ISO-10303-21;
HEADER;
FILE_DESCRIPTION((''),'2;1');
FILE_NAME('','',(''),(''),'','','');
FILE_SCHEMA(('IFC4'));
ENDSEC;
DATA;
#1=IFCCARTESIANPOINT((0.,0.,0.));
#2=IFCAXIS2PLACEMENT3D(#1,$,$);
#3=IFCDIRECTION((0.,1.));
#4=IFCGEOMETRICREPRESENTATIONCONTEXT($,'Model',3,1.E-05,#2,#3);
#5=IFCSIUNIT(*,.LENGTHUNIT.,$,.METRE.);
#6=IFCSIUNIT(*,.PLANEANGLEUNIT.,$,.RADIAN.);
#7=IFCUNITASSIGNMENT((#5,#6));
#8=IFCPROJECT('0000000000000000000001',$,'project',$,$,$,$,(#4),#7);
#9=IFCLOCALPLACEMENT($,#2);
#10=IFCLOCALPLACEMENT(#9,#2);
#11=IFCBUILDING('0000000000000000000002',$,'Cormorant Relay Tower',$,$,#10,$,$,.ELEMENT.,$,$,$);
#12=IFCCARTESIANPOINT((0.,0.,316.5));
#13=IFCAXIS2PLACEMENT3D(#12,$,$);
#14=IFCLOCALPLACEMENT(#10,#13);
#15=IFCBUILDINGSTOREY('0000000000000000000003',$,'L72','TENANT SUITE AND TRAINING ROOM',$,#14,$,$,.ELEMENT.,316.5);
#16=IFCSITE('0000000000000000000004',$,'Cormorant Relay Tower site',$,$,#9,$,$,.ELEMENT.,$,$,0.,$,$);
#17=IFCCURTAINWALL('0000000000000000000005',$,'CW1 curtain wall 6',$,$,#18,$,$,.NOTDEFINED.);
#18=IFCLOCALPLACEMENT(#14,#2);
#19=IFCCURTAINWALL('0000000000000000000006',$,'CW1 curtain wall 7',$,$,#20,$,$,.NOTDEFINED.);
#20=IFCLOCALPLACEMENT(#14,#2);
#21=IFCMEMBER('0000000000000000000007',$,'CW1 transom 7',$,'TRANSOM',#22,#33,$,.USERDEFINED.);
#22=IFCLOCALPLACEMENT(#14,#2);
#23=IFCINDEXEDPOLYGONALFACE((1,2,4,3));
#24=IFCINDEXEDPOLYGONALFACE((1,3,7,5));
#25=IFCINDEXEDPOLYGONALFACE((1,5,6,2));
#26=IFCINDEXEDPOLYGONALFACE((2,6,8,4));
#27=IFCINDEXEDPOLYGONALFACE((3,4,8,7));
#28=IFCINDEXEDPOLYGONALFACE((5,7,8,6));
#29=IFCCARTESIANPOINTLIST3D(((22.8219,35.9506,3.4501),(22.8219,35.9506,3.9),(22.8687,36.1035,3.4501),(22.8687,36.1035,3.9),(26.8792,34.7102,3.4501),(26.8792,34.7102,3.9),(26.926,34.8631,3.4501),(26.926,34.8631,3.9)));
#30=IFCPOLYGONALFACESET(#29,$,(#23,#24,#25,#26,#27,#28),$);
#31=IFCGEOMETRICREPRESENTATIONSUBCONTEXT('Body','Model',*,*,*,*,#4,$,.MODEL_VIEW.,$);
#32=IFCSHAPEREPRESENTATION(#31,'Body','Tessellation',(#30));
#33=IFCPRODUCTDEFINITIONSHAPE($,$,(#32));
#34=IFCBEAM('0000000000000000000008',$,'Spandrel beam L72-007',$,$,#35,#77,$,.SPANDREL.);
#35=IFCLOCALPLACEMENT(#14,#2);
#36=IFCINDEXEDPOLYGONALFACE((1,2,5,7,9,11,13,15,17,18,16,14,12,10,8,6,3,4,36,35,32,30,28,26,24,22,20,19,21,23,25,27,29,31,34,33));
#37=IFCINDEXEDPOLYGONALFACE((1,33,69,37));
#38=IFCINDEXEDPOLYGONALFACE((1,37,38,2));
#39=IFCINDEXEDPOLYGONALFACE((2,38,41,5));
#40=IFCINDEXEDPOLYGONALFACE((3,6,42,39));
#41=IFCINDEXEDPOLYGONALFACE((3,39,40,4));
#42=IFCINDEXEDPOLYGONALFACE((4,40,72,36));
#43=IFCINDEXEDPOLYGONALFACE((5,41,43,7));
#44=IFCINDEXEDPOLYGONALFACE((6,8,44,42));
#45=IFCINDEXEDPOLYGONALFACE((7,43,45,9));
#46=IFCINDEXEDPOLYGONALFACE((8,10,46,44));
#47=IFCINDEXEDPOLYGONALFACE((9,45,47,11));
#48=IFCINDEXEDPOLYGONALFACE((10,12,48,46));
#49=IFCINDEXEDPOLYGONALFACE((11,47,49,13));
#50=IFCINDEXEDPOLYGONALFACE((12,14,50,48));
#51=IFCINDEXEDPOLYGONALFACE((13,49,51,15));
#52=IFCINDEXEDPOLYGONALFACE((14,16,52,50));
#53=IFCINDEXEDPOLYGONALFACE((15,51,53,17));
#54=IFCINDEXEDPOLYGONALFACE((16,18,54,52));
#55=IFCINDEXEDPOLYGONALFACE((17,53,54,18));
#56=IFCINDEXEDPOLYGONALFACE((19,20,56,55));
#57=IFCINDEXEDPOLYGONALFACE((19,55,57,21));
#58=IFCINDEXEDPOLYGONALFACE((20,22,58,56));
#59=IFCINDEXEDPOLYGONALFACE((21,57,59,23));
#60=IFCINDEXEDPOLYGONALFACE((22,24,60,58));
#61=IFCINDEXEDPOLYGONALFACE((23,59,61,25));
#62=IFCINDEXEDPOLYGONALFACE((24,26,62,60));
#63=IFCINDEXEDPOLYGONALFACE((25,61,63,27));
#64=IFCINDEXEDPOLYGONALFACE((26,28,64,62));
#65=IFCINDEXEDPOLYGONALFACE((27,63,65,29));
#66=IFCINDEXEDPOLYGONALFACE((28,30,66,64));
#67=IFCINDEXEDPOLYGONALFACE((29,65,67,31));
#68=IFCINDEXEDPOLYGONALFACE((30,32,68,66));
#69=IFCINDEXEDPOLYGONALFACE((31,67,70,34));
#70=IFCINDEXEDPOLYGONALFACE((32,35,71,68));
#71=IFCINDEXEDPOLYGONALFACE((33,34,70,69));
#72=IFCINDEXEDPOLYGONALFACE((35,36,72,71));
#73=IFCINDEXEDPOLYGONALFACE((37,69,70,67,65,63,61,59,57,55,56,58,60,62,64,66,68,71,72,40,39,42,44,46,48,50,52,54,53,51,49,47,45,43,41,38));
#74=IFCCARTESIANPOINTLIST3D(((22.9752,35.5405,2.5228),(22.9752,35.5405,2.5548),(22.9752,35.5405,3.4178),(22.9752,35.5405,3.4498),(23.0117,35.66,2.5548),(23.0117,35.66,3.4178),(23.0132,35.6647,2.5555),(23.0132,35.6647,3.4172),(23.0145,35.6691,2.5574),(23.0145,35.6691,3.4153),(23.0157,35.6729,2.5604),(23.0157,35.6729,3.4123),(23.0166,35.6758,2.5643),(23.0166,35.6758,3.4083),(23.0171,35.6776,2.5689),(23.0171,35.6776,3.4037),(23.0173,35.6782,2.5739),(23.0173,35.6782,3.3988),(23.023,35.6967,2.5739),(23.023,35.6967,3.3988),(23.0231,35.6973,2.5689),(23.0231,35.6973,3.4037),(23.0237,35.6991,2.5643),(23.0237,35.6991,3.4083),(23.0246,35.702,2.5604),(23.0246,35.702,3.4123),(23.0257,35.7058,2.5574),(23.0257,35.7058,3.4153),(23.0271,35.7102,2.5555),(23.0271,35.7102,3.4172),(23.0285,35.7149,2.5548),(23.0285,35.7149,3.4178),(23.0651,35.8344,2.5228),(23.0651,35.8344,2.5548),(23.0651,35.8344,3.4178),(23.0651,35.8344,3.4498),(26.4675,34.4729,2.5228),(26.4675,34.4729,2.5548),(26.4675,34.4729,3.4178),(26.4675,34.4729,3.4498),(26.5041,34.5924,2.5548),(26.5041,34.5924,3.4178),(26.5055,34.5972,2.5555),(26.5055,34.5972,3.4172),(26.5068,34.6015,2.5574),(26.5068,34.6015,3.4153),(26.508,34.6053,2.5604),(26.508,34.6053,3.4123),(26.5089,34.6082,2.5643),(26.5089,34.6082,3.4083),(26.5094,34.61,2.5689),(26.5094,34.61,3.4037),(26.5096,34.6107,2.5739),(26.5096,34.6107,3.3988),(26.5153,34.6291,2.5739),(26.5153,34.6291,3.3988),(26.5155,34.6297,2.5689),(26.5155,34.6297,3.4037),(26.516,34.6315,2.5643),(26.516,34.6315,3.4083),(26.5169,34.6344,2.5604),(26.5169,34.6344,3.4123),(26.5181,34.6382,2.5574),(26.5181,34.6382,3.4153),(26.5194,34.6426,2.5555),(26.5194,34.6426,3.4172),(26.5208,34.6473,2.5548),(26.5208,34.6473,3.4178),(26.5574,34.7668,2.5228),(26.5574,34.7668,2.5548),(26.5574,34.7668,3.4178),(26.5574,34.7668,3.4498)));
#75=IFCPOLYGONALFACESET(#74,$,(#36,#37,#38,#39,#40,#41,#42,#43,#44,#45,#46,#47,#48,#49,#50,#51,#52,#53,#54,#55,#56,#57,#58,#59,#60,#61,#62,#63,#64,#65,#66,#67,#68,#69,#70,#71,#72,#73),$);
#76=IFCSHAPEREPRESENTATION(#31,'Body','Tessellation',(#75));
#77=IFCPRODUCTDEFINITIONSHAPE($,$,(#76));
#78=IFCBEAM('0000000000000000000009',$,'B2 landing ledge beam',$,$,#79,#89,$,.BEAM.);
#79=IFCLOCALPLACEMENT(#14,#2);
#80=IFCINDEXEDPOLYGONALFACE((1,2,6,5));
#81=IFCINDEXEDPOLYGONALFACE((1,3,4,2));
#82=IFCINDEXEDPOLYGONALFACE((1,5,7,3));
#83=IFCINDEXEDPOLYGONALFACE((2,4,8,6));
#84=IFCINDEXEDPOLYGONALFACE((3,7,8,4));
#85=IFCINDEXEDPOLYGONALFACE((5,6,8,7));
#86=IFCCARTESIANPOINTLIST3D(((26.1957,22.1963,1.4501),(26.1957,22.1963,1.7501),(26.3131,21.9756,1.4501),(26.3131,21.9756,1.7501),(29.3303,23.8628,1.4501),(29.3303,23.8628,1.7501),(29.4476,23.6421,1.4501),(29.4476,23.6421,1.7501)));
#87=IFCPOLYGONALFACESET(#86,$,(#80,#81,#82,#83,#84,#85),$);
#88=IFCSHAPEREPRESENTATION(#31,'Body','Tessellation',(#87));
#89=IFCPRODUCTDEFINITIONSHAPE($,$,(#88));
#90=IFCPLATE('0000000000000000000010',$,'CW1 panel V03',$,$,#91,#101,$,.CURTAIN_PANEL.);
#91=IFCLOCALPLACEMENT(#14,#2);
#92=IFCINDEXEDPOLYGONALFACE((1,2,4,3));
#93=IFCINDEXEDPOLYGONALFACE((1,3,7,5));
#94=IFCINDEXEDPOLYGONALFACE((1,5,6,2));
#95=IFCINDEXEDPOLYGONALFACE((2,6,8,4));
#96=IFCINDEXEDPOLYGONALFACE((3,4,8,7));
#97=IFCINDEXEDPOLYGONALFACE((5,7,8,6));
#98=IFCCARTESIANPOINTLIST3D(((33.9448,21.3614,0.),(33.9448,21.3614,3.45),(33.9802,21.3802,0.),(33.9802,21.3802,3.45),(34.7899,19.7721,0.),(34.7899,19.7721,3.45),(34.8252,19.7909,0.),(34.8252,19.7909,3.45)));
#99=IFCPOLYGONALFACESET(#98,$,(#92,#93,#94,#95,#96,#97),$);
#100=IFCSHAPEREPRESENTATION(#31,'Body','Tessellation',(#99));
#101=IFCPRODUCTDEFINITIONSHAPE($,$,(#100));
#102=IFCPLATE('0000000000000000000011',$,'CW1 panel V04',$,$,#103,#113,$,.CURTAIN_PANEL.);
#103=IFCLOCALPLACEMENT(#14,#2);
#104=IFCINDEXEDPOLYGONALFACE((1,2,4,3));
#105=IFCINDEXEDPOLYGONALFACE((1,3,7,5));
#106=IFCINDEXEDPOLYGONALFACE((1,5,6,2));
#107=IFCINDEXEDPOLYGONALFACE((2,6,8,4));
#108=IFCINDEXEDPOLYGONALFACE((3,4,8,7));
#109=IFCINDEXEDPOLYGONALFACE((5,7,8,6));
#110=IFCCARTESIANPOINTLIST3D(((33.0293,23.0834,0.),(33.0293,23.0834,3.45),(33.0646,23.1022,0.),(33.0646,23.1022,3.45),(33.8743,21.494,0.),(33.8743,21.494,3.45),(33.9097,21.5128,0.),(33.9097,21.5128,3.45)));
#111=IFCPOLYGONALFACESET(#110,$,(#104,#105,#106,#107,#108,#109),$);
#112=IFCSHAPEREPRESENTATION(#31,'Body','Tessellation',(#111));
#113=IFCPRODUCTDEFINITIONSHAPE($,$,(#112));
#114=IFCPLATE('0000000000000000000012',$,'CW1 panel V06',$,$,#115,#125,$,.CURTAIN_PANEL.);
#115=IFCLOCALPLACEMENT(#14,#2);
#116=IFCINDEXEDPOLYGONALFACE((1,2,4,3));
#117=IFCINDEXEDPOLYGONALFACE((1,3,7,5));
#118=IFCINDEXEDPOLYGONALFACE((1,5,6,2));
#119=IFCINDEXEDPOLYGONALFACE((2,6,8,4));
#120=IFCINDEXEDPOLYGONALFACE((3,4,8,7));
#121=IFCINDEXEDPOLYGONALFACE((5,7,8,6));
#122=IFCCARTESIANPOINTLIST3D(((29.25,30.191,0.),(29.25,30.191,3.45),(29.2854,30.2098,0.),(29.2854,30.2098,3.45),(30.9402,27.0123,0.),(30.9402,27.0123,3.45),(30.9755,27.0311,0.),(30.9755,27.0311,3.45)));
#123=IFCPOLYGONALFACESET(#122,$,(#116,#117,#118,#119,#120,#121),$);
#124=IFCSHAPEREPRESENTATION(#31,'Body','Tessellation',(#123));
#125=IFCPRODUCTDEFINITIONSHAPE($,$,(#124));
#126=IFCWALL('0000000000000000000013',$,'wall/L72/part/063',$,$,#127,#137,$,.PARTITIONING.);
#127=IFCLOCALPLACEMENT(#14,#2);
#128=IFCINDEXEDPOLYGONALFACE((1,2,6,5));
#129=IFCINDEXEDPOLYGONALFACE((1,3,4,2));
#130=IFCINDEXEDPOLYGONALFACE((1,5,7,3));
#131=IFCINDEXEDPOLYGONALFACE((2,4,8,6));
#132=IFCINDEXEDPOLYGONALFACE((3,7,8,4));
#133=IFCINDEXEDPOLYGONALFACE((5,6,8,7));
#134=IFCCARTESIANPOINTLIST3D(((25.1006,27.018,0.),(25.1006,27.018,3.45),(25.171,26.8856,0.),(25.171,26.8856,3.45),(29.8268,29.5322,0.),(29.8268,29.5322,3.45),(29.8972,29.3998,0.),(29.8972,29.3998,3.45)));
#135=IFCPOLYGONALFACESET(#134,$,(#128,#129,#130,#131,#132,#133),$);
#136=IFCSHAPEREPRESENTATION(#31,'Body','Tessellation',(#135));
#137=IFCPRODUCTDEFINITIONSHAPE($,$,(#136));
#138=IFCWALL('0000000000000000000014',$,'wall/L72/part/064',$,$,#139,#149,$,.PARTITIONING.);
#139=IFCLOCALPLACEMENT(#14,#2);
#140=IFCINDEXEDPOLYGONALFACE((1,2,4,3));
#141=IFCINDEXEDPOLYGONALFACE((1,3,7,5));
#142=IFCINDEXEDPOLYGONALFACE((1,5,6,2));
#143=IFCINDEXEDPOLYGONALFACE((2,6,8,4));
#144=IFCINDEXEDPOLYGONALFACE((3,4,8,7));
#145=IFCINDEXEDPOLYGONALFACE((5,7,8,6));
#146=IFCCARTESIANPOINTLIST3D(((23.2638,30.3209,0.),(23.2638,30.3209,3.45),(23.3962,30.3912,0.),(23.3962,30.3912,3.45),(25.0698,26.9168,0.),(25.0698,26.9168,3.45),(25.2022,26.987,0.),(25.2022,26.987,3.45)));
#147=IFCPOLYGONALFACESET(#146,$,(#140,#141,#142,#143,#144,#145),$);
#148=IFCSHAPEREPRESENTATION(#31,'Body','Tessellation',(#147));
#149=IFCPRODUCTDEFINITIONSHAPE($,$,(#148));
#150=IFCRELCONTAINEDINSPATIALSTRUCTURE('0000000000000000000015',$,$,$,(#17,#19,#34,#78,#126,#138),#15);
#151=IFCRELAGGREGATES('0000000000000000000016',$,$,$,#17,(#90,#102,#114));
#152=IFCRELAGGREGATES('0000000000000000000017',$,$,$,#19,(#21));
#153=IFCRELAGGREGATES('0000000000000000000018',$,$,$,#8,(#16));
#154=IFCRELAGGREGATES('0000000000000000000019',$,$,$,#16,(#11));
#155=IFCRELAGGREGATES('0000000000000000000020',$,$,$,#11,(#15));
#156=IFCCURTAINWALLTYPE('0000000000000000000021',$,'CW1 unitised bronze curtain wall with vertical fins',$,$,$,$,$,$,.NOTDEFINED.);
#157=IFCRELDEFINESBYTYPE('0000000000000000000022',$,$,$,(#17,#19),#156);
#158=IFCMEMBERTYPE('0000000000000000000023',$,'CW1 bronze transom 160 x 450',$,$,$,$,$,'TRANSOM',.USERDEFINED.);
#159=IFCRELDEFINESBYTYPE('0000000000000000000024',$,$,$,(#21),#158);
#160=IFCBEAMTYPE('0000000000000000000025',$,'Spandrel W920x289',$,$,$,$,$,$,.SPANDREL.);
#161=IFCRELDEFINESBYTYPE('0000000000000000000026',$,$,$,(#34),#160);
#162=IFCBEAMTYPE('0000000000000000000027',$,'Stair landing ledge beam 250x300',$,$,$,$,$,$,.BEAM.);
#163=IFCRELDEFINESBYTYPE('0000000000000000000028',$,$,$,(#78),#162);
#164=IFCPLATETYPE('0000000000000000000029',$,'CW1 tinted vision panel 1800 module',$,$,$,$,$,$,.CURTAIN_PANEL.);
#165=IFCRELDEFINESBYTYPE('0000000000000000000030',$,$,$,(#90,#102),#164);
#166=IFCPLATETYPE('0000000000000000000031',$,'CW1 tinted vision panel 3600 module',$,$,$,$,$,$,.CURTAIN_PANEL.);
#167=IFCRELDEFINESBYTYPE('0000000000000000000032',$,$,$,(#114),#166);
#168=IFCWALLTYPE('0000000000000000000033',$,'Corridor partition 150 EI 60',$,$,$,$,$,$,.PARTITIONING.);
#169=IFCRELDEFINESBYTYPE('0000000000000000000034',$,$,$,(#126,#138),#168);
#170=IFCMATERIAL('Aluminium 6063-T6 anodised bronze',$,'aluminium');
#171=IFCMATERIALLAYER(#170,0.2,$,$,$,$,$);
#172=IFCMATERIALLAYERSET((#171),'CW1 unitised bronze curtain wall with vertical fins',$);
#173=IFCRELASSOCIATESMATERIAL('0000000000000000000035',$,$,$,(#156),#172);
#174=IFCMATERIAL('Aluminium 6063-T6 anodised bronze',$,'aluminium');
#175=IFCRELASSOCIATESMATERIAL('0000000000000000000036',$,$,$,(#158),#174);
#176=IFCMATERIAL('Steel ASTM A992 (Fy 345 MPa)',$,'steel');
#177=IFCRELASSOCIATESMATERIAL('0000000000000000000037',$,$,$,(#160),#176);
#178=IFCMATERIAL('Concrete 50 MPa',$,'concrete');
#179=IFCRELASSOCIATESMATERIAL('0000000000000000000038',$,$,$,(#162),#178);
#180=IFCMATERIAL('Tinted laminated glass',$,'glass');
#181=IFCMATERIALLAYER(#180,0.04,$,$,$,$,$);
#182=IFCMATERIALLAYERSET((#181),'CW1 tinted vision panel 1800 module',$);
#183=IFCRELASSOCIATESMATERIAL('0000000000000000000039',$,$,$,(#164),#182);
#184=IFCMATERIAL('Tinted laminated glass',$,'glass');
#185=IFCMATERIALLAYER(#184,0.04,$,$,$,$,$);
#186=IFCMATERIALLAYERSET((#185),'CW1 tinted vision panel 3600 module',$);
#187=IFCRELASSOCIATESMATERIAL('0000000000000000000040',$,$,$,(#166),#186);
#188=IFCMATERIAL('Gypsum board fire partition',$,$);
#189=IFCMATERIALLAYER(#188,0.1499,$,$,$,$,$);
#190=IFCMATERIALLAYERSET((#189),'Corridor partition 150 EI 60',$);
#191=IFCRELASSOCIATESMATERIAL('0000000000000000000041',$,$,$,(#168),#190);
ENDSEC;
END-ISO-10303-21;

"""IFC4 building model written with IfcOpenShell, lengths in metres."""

from ifc_helpers import new_model, si_unit, direction, frame, frame_2d, origin, origin_2d, place, context, subcontext, project, spatial, rectangle, i_section, extrude, material, layer, layer_set, material_profile, profile_set, type_object, element, aggregate, save


model = new_model("IFC4")

# Units and contexts
model_context = context("Model", 3, precision=1e-05, world=origin(), true_north=direction((0.0, 1.0)))
body_context = subcontext(model_context, "Body", "Model", "MODEL_VIEW")
ifc_project = project(units=[si_unit("LENGTHUNIT", "METRE"), si_unit("PLANEANGLEUNIT", "RADIAN")], contexts=[model_context])

# Site, building, storey
site_placement = place(None, origin())
site = spatial("IfcSite", under=ifc_project, at=site_placement, Name="Cormorant Relay Tower site", CompositionType="ELEMENT", RefElevation=0.0)
building_placement = place(site_placement, origin())
building = spatial("IfcBuilding", under=site, at=building_placement, Name="Cormorant Relay Tower", CompositionType="ELEMENT")
storey_placement = place(building_placement, frame((0.0, 0.0, 316.5)))
storey = spatial("IfcBuildingStorey", under=building, at=storey_placement, Name="L72", Description="TENANT SUITE AND TRAINING ROOM", CompositionType="ELEMENT", Elevation=316.5)

# Curtain walls, member
ifc_material_1 = material(Name="Aluminium 6063-T6 anodised bronze", Category="aluminium")
ifc_layer_1 = layer(ifc_material_1, 0.2)
ifc_layer_set_1 = layer_set([ifc_layer_1], Name="CW1 unitised bronze curtain wall with vertical fins")
curtain_wall_type = type_object("IfcCurtainWallType", Name="CW1 unitised bronze curtain wall with vertical fins", PredefinedType="NOTDEFINED", material=ifc_layer_set_1)
curtain_wall_1_placement = place(storey_placement, origin())
curtain_wall_1 = element("IfcCurtainWall", 1, at=curtain_wall_1_placement, inside=storey, type_object=curtain_wall_type, Name="CW1 curtain wall 6", PredefinedType="NOTDEFINED")
curtain_wall_2_placement = place(storey_placement, origin())
curtain_wall_2 = element("IfcCurtainWall", 2, at=curtain_wall_2_placement, inside=storey, type_object=curtain_wall_type, Name="CW1 curtain wall 7", PredefinedType="NOTDEFINED")
ifc_material_2 = material(Name="Aluminium 6063-T6 anodised bronze", Category="aluminium")
ifc_material_profile_1 = material_profile(ifc_material_2, rectangle(XDim=0.1599, YDim=0.45, at=origin_2d()), Name="AL 160x450")
ifc_profile_set_1 = profile_set([ifc_material_profile_1], Name="Aluminium 6063-T6 anodised bronze")
member_type_1 = type_object("IfcMemberType", Name="CW1 bronze transom 160 x 450", ElementType="TRANSOM", PredefinedType="USERDEFINED", material=ifc_profile_set_1)
member_1_placement = place(storey_placement, frame((26.9026, 34.7866, 3.675), z_axis=(-0.956304, 0.292375, 0.0), x_axis=(-0.292375, -0.956304, 0.0)))
member_1 = element("IfcMember", 3, at=member_1_placement, type_object=member_type_1, Name="CW1 transom 7", ObjectType="TRANSOM", PredefinedType="USERDEFINED", context=body_context, shape_type="SweptSolid", body=[
    extrude(rectangle(XDim=0.1599, YDim=0.45, at=origin_2d()), origin(), (0.0, 0.0, 1.0), 4.2427),
])

# Beams
ifc_material_3 = material(Name="Steel ASTM A992 (Fy 345 MPa)", Category="steel")
ifc_material_profile_2 = material_profile(ifc_material_3, i_section(OverallWidth=0.3074, OverallDepth=0.927, WebThickness=0.0193, FlangeThickness=0.032, FilletRadius=0.019, at=origin_2d()), Name="W920x289")
ifc_profile_set_2 = profile_set([ifc_material_profile_2], Name="Steel ASTM A992 (Fy 345 MPa)")
beam_type_1 = type_object("IfcBeamType", Name="Spandrel W920x289", PredefinedType="SPANDREL", material=ifc_profile_set_2)
beam_1_placement = place(storey_placement, frame((26.5125, 34.6199, 2.9863), z_axis=(-0.956314, 0.292343, 0.0), x_axis=(-0.292343, -0.956314, 0.0)))
element("IfcBeam", 4, at=beam_1_placement, inside=storey, type_object=beam_type_1, Name="Spandrel beam L72-007", PredefinedType="SPANDREL", context=body_context, shape_type="SweptSolid", body=[
    extrude(i_section(OverallWidth=0.3074, OverallDepth=0.927, WebThickness=0.0193, FlangeThickness=0.032, FilletRadius=0.019, at=origin_2d()), origin(), (0.0, 0.0, 1.0), 3.6519),
])
ifc_material_4 = material(Name="Concrete 50 MPa", Category="concrete")
ifc_material_profile_3 = material_profile(ifc_material_4, rectangle(XDim=0.25, YDim=0.3, at=origin_2d()), Name="RC 250x300")
ifc_profile_set_3 = profile_set([ifc_material_profile_3], Name="Concrete 50 MPa")
beam_type_2 = type_object("IfcBeamType", Name="Stair landing ledge beam 250x300", PredefinedType="BEAM", material=ifc_profile_set_3)
beam_2_placement = place(storey_placement, frame((26.2544, 22.0859, 1.6001), z_axis=(0.882965, 0.469438, 0.0), x_axis=(-0.469438, 0.882965, 0.0)))
element("IfcBeam", 5, at=beam_2_placement, inside=storey, type_object=beam_type_2, Name="B2 landing ledge beam", PredefinedType="BEAM", context=body_context, shape_type="SweptSolid", body=[
    extrude(rectangle(XDim=0.25, YDim=0.3, at=origin_2d()), origin(), (0.0, 0.0, 1.0), 3.55),
])

# Plates
ifc_material_5 = material(Name="Tinted laminated glass", Category="glass")
ifc_layer_2 = layer(ifc_material_5, 0.04)
ifc_layer_set_2 = layer_set([ifc_layer_2], Name="CW1 tinted vision panel 1800 module")
plate_type_1 = type_object("IfcPlateType", Name="CW1 tinted vision panel 1800 module", PredefinedType="CURTAIN_PANEL", material=ifc_layer_set_2)
plate_1_placement = place(storey_placement, frame((34.385, 20.5762, 0.0), z_axis=(0.0, 0.0, 1.0), x_axis=(-0.469472, 0.882948, 0.0)))
plate_1 = element("IfcPlate", 6, at=plate_1_placement, type_object=plate_type_1, Name="CW1 panel V03", PredefinedType="CURTAIN_PANEL", context=body_context, shape_type="SweptSolid", body=[
    extrude(rectangle(XDim=1.8, YDim=0.04, at=origin_2d()), origin(), (0.0, 0.0, 1.0), 3.45),
])
plate_2_placement = place(storey_placement, frame((33.4695, 22.2981, 0.0), z_axis=(0.0, 0.0, 1.0), x_axis=(-0.469472, 0.882948, 0.0)))
plate_2 = element("IfcPlate", 7, at=plate_2_placement, type_object=plate_type_1, Name="CW1 panel V04", PredefinedType="CURTAIN_PANEL", context=body_context, shape_type="SweptSolid", body=[
    extrude(rectangle(XDim=1.8, YDim=0.04, at=origin_2d()), origin(), (0.0, 0.0, 1.0), 3.45),
])
ifc_material_6 = material(Name="Tinted laminated glass", Category="glass")
ifc_layer_3 = layer(ifc_material_6, 0.04)
ifc_layer_set_3 = layer_set([ifc_layer_3], Name="CW1 tinted vision panel 3600 module")
plate_type_2 = type_object("IfcPlateType", Name="CW1 tinted vision panel 3600 module", PredefinedType="CURTAIN_PANEL", material=ifc_layer_set_3)
plate_3_placement = place(storey_placement, frame((30.1128, 28.6111, 0.0), z_axis=(0.0, 0.0, 1.0), x_axis=(-0.469472, 0.882948, 0.0)))
plate_3 = element("IfcPlate", 8, at=plate_3_placement, type_object=plate_type_2, Name="CW1 panel V06", PredefinedType="CURTAIN_PANEL", context=body_context, shape_type="SweptSolid", body=[
    extrude(rectangle(XDim=3.6001, YDim=0.04, at=origin_2d()), origin(), (0.0, 0.0, 1.0), 3.45),
])

# Walls
ifc_material_7 = material(Name="Gypsum board fire partition")
ifc_layer_4 = layer(ifc_material_7, 0.1499)
ifc_layer_set_4 = layer_set([ifc_layer_4], Name="Corridor partition 150 EI 60")
wall_type = type_object("IfcWallType", Name="Corridor partition 150 EI 60", PredefinedType="PARTITIONING", material=ifc_layer_set_4)
wall_1_placement = place(storey_placement, frame((29.8621, 29.4661, 0.0), z_axis=(0.0, 0.0, 1.0), x_axis=(-0.88285, -0.469655, 0.0)))
element("IfcWall", 9, at=wall_1_placement, inside=storey, type_object=wall_type, Name="wall/L72/part/063", PredefinedType="PARTITIONING", context=body_context, shape_type="SweptSolid", body=[
    extrude(rectangle(XDim=5.3533, YDim=0.1499, at=frame_2d((2.6768, 0.0))), origin(), (0.0, 0.0, 1.0), 3.45),
])
wall_2_placement = place(storey_placement, frame((25.136, 26.9519, 0.0), z_axis=(0.0, 0.0, 1.0), x_axis=(-0.46865, 0.883384, 0.0)))
element("IfcWall", 10, at=wall_2_placement, inside=storey, type_object=wall_type, Name="wall/L72/part/064", PredefinedType="PARTITIONING", context=body_context, shape_type="SweptSolid", body=[
    extrude(rectangle(XDim=3.8535, YDim=0.1499, at=frame_2d((1.9268, 0.0))), origin(), (0.0, 0.0, 1.0), 3.45),
])

aggregate(curtain_wall_1, [plate_1, plate_2, plate_3])
aggregate(curtain_wall_2, [member_1])

save(model, "model.ifc")
